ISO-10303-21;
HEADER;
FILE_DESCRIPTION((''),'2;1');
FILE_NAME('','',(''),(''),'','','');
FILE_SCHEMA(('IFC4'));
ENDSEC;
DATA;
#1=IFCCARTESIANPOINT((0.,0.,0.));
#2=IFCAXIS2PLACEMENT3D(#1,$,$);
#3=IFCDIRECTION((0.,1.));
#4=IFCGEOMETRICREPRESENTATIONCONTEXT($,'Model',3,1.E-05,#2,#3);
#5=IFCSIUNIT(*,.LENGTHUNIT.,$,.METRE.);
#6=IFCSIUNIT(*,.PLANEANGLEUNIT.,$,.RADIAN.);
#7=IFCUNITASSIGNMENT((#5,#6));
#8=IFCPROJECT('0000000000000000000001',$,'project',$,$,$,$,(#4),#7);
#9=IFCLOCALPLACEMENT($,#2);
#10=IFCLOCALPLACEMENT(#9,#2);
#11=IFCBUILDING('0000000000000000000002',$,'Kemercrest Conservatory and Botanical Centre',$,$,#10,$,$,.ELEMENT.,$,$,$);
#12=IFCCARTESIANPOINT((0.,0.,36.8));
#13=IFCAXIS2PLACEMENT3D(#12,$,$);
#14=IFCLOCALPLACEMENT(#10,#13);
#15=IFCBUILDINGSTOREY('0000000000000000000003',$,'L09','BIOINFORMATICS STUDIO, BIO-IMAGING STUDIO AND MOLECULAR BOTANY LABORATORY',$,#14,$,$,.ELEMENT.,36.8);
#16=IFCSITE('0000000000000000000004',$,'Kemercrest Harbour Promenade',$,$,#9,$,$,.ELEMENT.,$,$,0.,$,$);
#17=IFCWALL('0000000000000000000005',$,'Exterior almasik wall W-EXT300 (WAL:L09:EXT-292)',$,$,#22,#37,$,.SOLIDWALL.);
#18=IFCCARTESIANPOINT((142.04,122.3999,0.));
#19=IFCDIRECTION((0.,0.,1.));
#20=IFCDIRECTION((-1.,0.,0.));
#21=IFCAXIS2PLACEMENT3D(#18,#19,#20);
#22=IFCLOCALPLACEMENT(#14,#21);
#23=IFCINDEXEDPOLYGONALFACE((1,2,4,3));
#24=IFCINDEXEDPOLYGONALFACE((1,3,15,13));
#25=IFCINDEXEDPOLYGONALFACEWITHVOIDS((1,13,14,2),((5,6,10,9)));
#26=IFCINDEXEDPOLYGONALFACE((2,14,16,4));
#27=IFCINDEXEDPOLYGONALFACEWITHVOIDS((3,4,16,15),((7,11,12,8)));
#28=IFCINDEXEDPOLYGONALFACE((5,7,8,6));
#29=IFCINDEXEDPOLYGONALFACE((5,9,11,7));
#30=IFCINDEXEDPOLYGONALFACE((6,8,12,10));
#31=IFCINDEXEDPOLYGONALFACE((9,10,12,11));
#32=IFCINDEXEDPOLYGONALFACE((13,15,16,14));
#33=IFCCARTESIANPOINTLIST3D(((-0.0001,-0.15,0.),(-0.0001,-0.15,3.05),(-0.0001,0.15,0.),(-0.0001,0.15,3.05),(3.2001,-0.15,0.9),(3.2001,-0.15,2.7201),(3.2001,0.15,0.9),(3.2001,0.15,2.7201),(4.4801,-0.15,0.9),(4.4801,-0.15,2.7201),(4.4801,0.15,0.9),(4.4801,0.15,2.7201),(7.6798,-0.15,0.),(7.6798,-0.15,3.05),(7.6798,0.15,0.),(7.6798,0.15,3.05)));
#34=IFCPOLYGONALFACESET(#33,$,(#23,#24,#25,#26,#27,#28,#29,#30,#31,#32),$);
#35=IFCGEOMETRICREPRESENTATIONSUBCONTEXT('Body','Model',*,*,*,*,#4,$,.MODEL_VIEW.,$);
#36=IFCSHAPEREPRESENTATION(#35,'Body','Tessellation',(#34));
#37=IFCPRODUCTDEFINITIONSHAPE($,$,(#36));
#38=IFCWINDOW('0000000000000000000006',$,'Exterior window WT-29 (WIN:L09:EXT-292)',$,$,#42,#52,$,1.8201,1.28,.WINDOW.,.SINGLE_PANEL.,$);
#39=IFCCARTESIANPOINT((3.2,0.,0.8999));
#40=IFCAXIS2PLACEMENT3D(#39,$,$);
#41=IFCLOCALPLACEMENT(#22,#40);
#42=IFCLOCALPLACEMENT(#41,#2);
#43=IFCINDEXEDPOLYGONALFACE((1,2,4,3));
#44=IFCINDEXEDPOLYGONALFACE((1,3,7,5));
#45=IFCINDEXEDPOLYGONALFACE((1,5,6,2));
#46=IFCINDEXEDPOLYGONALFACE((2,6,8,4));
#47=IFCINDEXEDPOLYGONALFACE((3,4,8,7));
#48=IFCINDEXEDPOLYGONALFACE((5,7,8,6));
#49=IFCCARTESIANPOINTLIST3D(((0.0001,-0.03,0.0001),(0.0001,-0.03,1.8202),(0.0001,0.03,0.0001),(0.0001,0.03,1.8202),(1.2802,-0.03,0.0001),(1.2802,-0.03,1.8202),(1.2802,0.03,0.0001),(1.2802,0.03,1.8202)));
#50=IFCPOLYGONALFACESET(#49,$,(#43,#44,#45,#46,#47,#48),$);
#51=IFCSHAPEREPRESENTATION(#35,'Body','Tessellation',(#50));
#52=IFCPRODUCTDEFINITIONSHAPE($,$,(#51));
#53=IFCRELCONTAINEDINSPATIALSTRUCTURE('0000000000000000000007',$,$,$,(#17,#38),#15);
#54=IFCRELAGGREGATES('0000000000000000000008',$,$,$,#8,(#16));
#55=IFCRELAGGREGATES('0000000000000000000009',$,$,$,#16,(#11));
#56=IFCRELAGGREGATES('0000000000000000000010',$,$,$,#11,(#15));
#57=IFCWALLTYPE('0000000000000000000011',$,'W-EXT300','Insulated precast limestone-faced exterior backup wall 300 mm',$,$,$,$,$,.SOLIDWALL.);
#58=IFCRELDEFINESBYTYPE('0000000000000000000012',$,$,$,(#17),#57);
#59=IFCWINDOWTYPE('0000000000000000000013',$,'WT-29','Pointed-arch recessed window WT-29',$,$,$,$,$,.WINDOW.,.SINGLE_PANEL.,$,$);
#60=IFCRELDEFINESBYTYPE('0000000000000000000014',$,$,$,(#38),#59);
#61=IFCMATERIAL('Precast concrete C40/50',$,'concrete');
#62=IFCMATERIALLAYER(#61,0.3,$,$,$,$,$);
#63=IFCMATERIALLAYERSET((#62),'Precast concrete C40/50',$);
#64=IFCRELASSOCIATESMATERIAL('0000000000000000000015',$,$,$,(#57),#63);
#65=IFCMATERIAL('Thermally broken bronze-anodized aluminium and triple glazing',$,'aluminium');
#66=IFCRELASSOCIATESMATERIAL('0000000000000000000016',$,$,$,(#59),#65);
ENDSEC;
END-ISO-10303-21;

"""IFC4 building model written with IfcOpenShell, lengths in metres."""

from ifc_helpers import new_model, si_unit, direction, frame, frame_2d, origin, place, context, subcontext, project, spatial, rectangle, extrude, material, layer, layer_set, type_object, element, fill, save


model = new_model("IFC4")

# Units and contexts
model_context = context("Model", 3, precision=1e-05, world=origin(), true_north=direction((0.0, 1.0)))
body_context = subcontext(model_context, "Body", "Model", "MODEL_VIEW")
ifc_project = project(units=[si_unit("LENGTHUNIT", "METRE"), si_unit("PLANEANGLEUNIT", "RADIAN")], contexts=[model_context])

# Site, building, storey
site_placement = place(None, origin())
site = spatial("IfcSite", under=ifc_project, at=site_placement, Name="Kemercrest Harbour Promenade", CompositionType="ELEMENT", RefElevation=0.0)
building_placement = place(site_placement, origin())
building = spatial("IfcBuilding", under=site, at=building_placement, Name="Kemercrest Conservatory and Botanical Centre", CompositionType="ELEMENT")
storey_placement = place(building_placement, frame((0.0, 0.0, 36.8)))
storey = spatial("IfcBuildingStorey", under=building, at=storey_placement, Name="L09", Description="BIOINFORMATICS STUDIO, BIO-IMAGING STUDIO AND MOLECULAR BOTANY LABORATORY", CompositionType="ELEMENT", Elevation=36.8)

# Wall, opening, window
ifc_material_1 = material(Name="Precast concrete C40/50", Category="concrete")
ifc_layer_1 = layer(ifc_material_1, 0.3)
ifc_layer_set_1 = layer_set([ifc_layer_1], Name="Precast concrete C40/50")
wall_type_1 = type_object("IfcWallType", Name="W-EXT300", Description="Insulated precast limestone-faced exterior backup wall 300 mm", PredefinedType="SOLIDWALL", material=ifc_layer_set_1)
ifc_material_2 = material(Name="Thermally broken bronze-anodized aluminium and triple glazing", Category="aluminium")
wall_1_placement = place(storey_placement, frame((142.04, 122.3999, 0.0), z_axis=(0.0, 0.0, 1.0), x_axis=(-1.0, 0.0, 0.0)))
wall_1 = element("IfcWall", 1, at=wall_1_placement, inside=storey, type_object=wall_type_1, Name="Exterior almasik wall W-EXT300 (WAL:L09:EXT-292)", PredefinedType="SOLIDWALL", context=body_context, shape_type="SweptSolid", body=[
    extrude(rectangle(XDim=7.6799, YDim=0.3, at=frame_2d((3.8398, 0.0))), origin(), (0.0, 0.0, 1.0), 3.05),
])
opening_1_placement = place(wall_1_placement, frame((3.2, 0.0, 0.8999)))
opening_1 = element("IfcOpeningElement", 2, at=opening_1_placement, cuts=wall_1, PredefinedType="OPENING", context=body_context, shape_type="SweptSolid", body=[
    extrude(rectangle(XDim=1.28, YDim=1.8201, at=frame_2d((0.6401, 0.9102))), frame((0.0, 0.1602, 0.0), z_axis=(0.0, -1.0, 0.0), x_axis=(1.0, 0.0, 0.0)), (0.0, 0.0, 1.0), 0.3201),
])
window_type_1 = type_object("IfcWindowType", Name="WT-29", Description="Pointed-arch recessed window WT-29", PartitioningType="SINGLE_PANEL", PredefinedType="WINDOW", material=ifc_material_2)
window_1_placement = place(opening_1_placement, origin())
window_1 = element("IfcWindow", 3, at=window_1_placement, inside=storey, type_object=window_type_1, Name="Exterior window WT-29 (WIN:L09:EXT-292)", OverallHeight=1.8201, OverallWidth=1.28, PartitioningType="SINGLE_PANEL", PredefinedType="WINDOW", context=body_context, shape_type="SweptSolid", body=[
    extrude(rectangle(XDim=1.28, YDim=1.8201, at=frame_2d((0.6401, 0.9102))), frame((0.0, 0.03, 0.0), z_axis=(0.0, -1.0, 0.0), x_axis=(1.0, 0.0, 0.0)), (0.0, 0.0, 1.0), 0.0601),
])
fill(opening_1, window_1)

save(model, "model.ifc")
